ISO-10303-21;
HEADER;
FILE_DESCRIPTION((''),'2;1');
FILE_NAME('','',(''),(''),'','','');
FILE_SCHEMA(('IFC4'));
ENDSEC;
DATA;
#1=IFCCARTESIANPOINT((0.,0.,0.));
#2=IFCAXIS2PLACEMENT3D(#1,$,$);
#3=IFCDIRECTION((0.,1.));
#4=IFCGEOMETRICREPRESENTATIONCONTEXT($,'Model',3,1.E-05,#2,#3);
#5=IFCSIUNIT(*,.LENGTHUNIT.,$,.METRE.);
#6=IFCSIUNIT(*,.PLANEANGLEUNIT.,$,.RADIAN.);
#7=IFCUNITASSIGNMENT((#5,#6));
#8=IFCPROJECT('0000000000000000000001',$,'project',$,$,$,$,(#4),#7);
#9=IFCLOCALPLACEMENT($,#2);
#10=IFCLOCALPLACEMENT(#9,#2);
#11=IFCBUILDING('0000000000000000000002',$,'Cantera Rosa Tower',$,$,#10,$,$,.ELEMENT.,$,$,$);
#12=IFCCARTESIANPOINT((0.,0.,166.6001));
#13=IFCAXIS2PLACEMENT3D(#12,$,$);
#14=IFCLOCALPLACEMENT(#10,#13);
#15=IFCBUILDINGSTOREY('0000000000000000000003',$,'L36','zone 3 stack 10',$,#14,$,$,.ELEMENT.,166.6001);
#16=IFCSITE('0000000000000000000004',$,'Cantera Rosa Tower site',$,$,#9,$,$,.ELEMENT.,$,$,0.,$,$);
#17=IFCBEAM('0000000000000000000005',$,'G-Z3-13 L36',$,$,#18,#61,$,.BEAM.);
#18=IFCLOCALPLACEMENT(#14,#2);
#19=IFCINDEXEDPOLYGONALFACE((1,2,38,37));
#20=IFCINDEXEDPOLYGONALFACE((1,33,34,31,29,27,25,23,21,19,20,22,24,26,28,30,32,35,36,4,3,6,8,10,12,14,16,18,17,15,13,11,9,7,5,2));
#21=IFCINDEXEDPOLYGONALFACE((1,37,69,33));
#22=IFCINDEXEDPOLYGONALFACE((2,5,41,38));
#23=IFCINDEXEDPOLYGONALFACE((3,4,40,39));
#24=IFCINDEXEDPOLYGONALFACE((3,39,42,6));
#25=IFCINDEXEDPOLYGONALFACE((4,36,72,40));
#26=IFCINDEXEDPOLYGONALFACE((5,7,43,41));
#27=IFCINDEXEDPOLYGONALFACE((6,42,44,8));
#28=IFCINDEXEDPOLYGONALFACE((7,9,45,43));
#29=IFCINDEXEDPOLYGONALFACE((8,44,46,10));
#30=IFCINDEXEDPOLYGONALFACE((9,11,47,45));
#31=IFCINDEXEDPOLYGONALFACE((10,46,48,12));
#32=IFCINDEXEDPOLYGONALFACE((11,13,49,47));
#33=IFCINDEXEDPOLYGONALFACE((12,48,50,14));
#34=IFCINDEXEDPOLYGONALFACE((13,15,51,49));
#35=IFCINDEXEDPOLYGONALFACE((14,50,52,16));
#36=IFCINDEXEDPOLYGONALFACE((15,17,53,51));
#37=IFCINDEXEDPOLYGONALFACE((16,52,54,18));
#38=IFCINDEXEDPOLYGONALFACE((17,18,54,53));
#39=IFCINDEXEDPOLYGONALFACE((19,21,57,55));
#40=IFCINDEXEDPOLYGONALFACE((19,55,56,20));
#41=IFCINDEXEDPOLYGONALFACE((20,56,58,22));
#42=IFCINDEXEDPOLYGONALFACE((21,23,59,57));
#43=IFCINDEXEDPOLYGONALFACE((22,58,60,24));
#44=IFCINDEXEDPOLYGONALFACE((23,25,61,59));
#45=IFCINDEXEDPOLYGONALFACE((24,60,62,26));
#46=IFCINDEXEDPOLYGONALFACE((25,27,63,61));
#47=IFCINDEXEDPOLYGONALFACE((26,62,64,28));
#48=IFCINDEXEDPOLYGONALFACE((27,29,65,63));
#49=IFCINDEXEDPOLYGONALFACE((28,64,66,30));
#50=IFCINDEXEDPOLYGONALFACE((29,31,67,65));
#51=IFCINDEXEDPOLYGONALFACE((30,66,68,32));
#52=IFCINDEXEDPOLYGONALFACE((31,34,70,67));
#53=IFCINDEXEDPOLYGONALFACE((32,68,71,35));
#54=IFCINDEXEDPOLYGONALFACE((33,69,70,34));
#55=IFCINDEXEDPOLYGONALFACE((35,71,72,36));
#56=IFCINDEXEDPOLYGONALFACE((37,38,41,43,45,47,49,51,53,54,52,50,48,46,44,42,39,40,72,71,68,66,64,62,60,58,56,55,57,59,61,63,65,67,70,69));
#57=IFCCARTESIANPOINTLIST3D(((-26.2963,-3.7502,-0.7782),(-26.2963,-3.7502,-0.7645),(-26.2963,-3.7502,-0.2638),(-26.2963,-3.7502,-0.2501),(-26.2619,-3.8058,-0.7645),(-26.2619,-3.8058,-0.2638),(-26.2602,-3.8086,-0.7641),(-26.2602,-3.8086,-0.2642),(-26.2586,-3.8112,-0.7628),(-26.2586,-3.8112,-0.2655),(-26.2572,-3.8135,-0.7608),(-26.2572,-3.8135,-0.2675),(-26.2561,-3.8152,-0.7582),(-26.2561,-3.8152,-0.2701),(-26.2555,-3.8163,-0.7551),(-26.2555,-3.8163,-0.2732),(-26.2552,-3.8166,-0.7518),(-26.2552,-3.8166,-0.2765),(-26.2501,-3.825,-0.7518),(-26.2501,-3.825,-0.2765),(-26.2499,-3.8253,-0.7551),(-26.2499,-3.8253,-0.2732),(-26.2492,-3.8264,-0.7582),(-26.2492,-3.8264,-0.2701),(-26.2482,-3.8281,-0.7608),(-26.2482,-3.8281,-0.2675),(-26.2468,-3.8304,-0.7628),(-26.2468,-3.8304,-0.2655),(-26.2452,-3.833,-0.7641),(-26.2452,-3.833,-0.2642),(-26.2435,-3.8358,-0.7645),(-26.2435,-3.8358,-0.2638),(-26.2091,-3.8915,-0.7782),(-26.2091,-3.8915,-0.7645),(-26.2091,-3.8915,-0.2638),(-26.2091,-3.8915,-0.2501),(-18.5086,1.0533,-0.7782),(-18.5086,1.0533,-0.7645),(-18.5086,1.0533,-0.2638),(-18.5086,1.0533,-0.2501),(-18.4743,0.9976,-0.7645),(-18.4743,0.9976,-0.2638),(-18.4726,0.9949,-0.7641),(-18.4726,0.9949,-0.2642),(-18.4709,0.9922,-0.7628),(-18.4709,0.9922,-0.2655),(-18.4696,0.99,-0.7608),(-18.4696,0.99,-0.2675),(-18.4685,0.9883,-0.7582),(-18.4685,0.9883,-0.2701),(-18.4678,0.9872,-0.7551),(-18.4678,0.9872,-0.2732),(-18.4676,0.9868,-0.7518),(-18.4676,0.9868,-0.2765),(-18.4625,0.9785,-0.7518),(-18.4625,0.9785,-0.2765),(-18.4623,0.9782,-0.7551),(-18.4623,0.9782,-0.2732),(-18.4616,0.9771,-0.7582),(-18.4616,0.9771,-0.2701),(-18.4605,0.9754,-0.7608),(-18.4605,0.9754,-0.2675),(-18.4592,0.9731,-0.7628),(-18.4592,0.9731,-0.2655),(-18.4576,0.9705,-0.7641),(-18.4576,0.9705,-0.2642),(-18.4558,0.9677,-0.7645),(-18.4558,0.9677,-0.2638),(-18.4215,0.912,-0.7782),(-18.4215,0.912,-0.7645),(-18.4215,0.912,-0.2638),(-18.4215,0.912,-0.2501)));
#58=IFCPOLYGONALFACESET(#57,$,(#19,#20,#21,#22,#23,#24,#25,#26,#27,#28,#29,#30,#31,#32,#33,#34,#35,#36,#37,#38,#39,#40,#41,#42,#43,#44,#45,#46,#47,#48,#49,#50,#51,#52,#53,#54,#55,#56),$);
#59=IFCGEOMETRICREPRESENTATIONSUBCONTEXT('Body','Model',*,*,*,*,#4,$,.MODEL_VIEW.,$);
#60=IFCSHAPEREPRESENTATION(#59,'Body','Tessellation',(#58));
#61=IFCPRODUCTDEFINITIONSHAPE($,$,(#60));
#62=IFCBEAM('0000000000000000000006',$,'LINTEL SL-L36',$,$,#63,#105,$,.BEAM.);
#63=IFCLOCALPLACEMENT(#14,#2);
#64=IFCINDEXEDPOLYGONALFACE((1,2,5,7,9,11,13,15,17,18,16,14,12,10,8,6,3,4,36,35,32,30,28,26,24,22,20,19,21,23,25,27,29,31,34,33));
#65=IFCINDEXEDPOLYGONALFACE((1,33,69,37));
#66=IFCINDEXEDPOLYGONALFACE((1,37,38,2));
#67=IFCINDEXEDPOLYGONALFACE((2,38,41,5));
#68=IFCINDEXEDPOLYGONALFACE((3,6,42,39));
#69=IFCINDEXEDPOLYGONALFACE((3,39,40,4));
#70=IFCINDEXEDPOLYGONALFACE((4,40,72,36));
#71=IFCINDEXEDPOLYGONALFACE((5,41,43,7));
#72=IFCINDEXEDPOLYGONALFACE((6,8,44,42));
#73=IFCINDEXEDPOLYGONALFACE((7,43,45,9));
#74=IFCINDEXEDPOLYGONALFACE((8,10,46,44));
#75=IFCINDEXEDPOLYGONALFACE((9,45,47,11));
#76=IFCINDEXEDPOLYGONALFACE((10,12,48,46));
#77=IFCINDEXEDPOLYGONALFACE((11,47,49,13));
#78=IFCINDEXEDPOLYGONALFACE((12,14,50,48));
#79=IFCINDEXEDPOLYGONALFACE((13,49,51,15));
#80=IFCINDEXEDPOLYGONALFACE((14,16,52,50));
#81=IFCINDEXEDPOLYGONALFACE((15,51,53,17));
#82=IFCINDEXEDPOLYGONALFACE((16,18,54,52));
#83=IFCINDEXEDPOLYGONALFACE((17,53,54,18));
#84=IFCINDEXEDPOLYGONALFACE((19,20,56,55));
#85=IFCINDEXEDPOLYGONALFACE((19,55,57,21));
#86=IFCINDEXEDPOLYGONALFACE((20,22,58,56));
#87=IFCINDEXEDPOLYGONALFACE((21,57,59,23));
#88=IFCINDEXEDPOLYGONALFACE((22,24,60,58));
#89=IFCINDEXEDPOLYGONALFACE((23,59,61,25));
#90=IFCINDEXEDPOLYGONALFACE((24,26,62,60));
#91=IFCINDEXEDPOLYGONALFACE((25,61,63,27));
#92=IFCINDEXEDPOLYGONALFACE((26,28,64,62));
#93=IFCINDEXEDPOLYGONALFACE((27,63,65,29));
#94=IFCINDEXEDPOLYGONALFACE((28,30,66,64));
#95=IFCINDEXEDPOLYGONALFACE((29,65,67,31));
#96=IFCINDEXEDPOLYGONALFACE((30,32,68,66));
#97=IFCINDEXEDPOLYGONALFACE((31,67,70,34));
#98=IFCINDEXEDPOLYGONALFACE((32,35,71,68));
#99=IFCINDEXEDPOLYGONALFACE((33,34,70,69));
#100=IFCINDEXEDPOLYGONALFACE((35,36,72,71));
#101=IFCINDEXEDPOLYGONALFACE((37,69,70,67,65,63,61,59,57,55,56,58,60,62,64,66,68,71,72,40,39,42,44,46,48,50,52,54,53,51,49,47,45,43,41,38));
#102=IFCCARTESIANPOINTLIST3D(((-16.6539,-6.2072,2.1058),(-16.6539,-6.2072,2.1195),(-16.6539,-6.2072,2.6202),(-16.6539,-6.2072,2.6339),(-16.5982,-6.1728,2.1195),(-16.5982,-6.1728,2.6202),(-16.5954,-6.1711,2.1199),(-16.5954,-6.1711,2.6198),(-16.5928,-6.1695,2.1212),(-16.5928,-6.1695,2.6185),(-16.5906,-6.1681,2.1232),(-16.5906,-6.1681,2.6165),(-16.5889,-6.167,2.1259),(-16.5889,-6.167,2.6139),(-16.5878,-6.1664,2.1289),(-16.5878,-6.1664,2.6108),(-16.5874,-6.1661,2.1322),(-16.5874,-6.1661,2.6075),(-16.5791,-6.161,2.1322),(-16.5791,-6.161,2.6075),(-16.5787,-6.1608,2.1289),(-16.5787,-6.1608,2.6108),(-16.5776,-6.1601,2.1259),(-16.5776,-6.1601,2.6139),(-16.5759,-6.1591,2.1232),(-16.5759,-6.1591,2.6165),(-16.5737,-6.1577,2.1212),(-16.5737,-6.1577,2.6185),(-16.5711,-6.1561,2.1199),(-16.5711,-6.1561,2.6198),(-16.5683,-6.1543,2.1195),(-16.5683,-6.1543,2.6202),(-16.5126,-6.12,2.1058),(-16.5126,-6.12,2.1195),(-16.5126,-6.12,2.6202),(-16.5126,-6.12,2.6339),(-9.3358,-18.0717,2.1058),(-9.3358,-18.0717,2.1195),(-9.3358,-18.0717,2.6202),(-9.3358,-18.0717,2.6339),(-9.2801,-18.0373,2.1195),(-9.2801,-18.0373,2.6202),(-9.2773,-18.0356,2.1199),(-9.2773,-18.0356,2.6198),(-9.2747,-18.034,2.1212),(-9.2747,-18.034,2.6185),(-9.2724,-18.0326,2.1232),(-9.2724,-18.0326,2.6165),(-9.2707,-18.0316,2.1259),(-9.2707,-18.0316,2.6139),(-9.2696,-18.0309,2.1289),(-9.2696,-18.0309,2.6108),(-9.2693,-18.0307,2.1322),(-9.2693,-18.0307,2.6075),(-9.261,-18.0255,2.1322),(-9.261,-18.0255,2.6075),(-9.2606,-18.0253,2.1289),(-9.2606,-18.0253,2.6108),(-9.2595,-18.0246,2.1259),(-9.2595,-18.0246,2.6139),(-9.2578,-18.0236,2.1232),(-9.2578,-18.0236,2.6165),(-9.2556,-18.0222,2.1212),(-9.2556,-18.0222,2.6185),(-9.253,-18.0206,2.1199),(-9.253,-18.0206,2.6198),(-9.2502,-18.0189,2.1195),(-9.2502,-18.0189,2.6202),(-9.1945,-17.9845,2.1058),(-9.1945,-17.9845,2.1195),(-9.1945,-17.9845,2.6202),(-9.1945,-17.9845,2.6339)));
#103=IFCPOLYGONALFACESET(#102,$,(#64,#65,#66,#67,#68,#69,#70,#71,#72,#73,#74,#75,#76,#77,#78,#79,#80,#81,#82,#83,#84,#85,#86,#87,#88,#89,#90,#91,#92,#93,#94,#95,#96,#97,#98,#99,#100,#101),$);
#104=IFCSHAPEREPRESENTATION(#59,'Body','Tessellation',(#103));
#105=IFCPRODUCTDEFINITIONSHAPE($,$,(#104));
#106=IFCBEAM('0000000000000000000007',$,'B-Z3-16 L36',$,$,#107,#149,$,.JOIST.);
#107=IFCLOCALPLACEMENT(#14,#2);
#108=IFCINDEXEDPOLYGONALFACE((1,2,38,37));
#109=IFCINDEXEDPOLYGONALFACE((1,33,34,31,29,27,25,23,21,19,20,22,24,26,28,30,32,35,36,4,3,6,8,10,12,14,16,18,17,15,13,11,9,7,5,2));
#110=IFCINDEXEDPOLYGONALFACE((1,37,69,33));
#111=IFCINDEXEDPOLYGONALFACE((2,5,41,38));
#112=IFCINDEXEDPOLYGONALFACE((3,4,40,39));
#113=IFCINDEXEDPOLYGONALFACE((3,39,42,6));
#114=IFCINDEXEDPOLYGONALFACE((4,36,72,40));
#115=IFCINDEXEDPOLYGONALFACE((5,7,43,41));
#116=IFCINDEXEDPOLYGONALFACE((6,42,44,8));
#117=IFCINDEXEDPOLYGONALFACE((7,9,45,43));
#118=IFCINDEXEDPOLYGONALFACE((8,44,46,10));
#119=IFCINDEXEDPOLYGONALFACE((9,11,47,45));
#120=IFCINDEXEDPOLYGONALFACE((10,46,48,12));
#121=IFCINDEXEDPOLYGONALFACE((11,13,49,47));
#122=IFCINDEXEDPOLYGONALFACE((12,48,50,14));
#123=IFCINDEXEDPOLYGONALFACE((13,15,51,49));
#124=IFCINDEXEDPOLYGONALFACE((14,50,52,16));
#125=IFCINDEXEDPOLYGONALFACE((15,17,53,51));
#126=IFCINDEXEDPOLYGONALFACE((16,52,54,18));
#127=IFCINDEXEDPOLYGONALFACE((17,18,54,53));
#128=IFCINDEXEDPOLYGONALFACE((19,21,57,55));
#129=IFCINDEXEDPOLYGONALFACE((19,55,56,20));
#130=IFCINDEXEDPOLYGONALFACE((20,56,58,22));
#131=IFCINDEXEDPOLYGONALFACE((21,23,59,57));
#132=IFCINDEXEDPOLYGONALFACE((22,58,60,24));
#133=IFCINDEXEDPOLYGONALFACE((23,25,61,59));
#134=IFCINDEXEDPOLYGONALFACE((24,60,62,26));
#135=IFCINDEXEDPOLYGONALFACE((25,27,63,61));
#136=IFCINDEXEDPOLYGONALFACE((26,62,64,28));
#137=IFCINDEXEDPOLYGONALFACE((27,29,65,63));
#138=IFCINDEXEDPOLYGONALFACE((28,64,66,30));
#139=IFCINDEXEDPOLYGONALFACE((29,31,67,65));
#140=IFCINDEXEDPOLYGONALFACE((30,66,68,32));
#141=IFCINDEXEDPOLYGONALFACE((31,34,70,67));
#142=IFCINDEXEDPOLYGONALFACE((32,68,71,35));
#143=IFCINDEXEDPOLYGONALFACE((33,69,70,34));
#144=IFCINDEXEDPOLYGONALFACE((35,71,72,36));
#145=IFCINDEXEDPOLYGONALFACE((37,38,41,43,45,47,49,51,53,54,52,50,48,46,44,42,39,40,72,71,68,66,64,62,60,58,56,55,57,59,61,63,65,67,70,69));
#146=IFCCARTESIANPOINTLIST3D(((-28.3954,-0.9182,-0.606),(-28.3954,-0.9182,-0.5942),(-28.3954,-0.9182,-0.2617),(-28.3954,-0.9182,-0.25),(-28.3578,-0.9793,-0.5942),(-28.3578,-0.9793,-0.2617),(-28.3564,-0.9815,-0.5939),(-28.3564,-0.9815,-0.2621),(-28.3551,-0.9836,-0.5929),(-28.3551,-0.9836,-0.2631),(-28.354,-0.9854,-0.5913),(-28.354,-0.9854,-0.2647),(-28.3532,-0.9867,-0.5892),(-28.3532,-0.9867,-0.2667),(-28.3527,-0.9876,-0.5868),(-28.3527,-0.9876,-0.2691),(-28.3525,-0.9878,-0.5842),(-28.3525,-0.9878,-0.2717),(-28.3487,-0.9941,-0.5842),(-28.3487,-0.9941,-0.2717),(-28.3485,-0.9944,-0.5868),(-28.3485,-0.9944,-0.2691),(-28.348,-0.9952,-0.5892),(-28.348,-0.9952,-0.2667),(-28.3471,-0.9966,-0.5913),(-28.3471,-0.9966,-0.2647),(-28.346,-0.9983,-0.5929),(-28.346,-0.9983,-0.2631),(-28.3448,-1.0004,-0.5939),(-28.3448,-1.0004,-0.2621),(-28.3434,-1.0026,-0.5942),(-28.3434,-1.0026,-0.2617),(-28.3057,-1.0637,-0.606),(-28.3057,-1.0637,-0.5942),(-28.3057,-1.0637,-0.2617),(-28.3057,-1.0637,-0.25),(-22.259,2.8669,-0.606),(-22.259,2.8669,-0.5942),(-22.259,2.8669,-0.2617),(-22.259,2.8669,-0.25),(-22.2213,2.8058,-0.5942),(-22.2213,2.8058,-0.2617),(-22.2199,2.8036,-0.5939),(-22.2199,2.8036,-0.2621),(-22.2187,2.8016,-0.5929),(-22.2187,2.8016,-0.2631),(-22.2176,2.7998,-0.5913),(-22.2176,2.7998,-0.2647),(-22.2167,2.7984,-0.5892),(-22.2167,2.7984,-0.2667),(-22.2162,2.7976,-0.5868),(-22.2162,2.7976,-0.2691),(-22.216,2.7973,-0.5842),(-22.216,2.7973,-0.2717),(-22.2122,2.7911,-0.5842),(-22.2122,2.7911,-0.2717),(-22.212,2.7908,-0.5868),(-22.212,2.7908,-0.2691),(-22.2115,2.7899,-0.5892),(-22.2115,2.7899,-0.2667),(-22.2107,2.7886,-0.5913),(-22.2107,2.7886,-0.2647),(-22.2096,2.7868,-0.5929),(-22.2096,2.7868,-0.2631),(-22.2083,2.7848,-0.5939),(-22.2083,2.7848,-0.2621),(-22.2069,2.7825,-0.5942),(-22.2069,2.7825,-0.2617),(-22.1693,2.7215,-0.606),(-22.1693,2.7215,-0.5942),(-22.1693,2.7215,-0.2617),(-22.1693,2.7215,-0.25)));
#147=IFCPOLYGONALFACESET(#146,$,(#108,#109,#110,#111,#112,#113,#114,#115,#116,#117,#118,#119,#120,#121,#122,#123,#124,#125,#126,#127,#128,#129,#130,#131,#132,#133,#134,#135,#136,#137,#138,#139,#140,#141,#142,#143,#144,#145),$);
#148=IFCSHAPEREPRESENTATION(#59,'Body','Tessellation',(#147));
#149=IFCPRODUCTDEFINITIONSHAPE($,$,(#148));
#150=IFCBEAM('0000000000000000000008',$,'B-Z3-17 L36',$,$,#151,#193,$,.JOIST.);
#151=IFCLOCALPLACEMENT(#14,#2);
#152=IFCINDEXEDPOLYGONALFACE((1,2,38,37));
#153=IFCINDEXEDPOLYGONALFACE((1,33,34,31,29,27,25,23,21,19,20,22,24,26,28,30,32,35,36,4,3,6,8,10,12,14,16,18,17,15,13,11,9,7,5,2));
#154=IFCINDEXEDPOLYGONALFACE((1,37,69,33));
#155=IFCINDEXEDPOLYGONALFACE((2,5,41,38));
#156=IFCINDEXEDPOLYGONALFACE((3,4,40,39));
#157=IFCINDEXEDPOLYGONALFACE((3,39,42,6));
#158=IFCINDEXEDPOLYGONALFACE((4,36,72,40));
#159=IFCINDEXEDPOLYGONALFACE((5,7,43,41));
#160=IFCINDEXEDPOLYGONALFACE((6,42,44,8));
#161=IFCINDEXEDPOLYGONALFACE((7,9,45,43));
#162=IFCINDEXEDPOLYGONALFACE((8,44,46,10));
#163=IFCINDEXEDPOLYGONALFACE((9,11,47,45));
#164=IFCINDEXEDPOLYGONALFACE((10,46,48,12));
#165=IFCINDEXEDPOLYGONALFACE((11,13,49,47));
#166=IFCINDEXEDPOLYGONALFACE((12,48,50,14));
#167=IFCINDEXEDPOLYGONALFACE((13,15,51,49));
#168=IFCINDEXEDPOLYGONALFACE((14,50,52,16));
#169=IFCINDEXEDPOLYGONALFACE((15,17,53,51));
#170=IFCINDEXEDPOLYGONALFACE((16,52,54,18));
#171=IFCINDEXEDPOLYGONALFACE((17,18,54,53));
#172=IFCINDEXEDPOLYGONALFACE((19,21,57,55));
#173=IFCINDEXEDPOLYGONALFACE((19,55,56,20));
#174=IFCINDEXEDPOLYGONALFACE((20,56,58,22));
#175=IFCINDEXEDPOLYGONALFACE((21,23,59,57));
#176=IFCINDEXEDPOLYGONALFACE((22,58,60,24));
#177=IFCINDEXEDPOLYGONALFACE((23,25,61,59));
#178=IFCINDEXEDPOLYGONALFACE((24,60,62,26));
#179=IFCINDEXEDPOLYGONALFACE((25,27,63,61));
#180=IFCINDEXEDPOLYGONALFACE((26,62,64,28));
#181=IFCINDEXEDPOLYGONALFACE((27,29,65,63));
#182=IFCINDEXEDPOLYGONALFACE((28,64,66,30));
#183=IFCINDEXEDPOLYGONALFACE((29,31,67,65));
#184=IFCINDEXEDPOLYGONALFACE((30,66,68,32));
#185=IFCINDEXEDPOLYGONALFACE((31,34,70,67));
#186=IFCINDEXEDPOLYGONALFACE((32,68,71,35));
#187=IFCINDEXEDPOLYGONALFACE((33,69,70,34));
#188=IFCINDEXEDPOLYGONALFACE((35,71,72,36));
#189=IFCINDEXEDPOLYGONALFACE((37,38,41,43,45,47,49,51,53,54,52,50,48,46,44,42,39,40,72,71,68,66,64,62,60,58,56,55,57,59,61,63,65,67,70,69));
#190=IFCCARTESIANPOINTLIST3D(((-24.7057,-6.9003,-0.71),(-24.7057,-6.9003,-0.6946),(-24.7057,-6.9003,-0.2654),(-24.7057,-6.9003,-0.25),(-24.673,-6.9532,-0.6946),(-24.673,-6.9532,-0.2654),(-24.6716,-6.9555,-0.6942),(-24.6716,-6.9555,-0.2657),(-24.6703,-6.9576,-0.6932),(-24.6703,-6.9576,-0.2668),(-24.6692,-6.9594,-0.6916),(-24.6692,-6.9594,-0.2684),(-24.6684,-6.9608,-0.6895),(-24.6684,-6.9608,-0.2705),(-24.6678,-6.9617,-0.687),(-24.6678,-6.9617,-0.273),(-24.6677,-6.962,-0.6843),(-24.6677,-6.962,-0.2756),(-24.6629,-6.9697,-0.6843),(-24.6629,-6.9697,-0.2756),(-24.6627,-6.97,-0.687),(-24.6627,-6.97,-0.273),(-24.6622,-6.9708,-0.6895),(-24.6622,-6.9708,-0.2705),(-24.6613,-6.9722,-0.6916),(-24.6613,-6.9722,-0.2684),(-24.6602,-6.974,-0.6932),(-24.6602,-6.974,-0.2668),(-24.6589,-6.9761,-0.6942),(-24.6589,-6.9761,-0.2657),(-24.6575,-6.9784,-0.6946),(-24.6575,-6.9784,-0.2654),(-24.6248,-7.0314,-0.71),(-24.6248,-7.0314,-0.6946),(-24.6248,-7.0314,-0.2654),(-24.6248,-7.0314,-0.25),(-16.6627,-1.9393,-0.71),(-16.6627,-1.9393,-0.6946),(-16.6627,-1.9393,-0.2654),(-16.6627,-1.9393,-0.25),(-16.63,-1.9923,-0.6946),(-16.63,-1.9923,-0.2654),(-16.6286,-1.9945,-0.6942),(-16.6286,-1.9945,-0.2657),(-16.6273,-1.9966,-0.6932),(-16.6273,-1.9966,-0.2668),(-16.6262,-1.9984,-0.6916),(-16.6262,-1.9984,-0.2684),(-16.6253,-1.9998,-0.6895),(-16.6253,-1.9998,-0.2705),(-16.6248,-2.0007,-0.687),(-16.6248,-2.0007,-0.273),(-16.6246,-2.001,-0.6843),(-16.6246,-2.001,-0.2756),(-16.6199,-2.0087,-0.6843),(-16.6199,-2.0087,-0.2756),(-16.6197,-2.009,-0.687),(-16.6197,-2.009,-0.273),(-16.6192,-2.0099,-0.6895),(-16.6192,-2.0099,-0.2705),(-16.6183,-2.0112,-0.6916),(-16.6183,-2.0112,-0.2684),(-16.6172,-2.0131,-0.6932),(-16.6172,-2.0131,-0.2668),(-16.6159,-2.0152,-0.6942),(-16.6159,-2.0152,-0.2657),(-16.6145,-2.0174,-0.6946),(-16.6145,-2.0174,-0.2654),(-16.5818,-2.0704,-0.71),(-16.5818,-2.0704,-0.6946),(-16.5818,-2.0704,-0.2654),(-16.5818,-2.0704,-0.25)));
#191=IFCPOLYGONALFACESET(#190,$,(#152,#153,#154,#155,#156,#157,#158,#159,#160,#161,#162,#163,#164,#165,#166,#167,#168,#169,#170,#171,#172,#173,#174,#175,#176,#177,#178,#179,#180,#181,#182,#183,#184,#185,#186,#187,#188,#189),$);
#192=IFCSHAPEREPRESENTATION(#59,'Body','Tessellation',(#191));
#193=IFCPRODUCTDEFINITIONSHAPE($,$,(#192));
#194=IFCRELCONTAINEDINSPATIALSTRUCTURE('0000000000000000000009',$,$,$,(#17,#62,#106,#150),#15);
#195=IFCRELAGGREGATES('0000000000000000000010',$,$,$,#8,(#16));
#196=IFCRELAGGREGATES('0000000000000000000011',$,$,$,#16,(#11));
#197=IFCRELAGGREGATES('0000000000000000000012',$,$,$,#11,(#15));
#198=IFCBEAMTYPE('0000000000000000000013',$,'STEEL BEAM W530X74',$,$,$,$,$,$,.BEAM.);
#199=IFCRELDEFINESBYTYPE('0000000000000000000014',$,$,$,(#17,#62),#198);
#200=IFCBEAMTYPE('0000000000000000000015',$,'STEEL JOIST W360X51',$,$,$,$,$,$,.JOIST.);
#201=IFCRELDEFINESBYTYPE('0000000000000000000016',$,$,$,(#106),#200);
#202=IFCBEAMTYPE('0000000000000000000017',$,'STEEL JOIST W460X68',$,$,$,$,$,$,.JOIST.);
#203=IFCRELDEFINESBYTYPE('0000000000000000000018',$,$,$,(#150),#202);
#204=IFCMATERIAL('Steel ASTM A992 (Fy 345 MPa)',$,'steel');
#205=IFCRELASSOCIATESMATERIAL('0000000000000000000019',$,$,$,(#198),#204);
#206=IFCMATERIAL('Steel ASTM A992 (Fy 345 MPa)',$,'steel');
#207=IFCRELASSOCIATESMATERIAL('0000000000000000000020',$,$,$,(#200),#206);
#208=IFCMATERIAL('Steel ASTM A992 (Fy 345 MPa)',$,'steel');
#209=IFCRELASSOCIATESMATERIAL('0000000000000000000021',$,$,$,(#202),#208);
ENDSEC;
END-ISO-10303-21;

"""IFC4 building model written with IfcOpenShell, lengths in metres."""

from ifc_helpers import new_model, si_unit, direction, frame, origin, origin_2d, place, context, subcontext, project, spatial, i_section, extrude, material, material_profile, profile_set, type_object, element, save


model = new_model("IFC4")

# Units and contexts
model_context = context("Model", 3, precision=1e-05, world=origin(), true_north=direction((0.0, 1.0)))
body_context = subcontext(model_context, "Body", "Model", "MODEL_VIEW")
ifc_project = project(units=[si_unit("LENGTHUNIT", "METRE"), si_unit("PLANEANGLEUNIT", "RADIAN")], contexts=[model_context])

# Site, building, storey
site_placement = place(None, origin())
site = spatial("IfcSite", under=ifc_project, at=site_placement, Name="Cantera Rosa Tower site", CompositionType="ELEMENT", RefElevation=0.0)
building_placement = place(site_placement, origin())
building = spatial("IfcBuilding", under=site, at=building_placement, Name="Cantera Rosa Tower", CompositionType="ELEMENT")
storey_placement = place(building_placement, frame((0.0, 0.0, 166.6001)))
storey = spatial("IfcBuildingStorey", under=building, at=storey_placement, Name="L36", Description="zone 3 stack 10", CompositionType="ELEMENT", Elevation=166.6001)

# Beams
ifc_material_1 = material(Name="Steel ASTM A992 (Fy 345 MPa)", Category="steel")
ifc_material_profile_1 = material_profile(ifc_material_1, i_section(OverallWidth=0.166, OverallDepth=0.5281, WebThickness=0.0098, FlangeThickness=0.0137, FilletRadius=0.0127, at=origin_2d()), Name="W530X74")
ifc_profile_set_1 = profile_set([ifc_material_profile_1], Name="Steel ASTM A992 (Fy 345 MPa)")
beam_type_1 = type_object("IfcBeamType", Name="STEEL BEAM W530X74", PredefinedType="BEAM", material=ifc_profile_set_1)
beam_1_placement = place(storey_placement, frame((-26.2527, -3.8208, -0.5142), z_axis=(0.851116, 0.524977, 0.0), x_axis=(-0.524977, 0.851116, 0.0)))
element("IfcBeam", 1, at=beam_1_placement, inside=storey, type_object=beam_type_1, Name="G-Z3-13 L36", PredefinedType="BEAM", context=body_context, shape_type="SweptSolid", body=[
    extrude(i_section(OverallWidth=0.166, OverallDepth=0.5281, WebThickness=0.0098, FlangeThickness=0.0137, FilletRadius=0.0127, at=origin_2d()), origin(), (0.0, 0.0, 1.0), 9.1499),
])
beam_2_placement = place(storey_placement, frame((-16.5833, -6.1636, 2.3699), z_axis=(0.524976, -0.851117, 0.0), x_axis=(0.851117, 0.524976, 0.0)))
element("IfcBeam", 2, at=beam_2_placement, inside=storey, type_object=beam_type_1, Name="LINTEL SL-L36", PredefinedType="BEAM", context=body_context, shape_type="SweptSolid", body=[
    extrude(i_section(OverallWidth=0.166, OverallDepth=0.5281, WebThickness=0.0098, FlangeThickness=0.0137, FilletRadius=0.0127, at=origin_2d()), origin(), (0.0, 0.0, 1.0), 13.9399),
])
ifc_material_2 = material(Name="Steel ASTM A992 (Fy 345 MPa)", Category="steel")
ifc_material_profile_2 = material_profile(ifc_material_2, i_section(OverallWidth=0.1709, OverallDepth=0.356, WebThickness=0.0073, FlangeThickness=0.0117, FilletRadius=0.01, at=origin_2d()), Name="W360X51")
ifc_profile_set_2 = profile_set([ifc_material_profile_2], Name="Steel ASTM A992 (Fy 345 MPa)")
beam_type_2 = type_object("IfcBeamType", Name="STEEL JOIST W360X51", PredefinedType="JOIST", material=ifc_profile_set_2)
beam_3_placement = place(storey_placement, frame((-28.3506, -0.991, -0.428), z_axis=(0.851109, 0.524989, 0.0), x_axis=(-0.524989, 0.851109, 0.0)))
element("IfcBeam", 3, at=beam_3_placement, inside=storey, type_object=beam_type_2, Name="B-Z3-16 L36", PredefinedType="JOIST", context=body_context, shape_type="SweptSolid", body=[
    extrude(i_section(OverallWidth=0.1709, OverallDepth=0.356, WebThickness=0.0073, FlangeThickness=0.0117, FilletRadius=0.01, at=origin_2d()), origin(), (0.0, 0.0, 1.0), 7.21),
])
ifc_material_3 = material(Name="Steel ASTM A992 (Fy 345 MPa)", Category="steel")
ifc_material_profile_3 = material_profile(ifc_material_3, i_section(OverallWidth=0.1541, OverallDepth=0.46, WebThickness=0.009, FlangeThickness=0.0154, FilletRadius=0.0103, at=origin_2d()), Name="W460X68")
ifc_profile_set_3 = profile_set([ifc_material_profile_3], Name="Steel ASTM A992 (Fy 345 MPa)")
beam_type_3 = type_object("IfcBeamType", Name="STEEL JOIST W460X68", PredefinedType="JOIST", material=ifc_profile_set_3)
beam_4_placement = place(storey_placement, frame((-24.6653, -6.9658, -0.48), z_axis=(0.851119, 0.524974, 0.0), x_axis=(-0.524974, 0.851119, 0.0)))
element("IfcBeam", 4, at=beam_4_placement, inside=storey, type_object=beam_type_3, Name="B-Z3-17 L36", PredefinedType="JOIST", context=body_context, shape_type="SweptSolid", body=[
    extrude(i_section(OverallWidth=0.1541, OverallDepth=0.46, WebThickness=0.009, FlangeThickness=0.0154, FilletRadius=0.0103, at=origin_2d()), origin(), (0.0, 0.0, 1.0), 9.45),
])

save(model, "model.ifc")
